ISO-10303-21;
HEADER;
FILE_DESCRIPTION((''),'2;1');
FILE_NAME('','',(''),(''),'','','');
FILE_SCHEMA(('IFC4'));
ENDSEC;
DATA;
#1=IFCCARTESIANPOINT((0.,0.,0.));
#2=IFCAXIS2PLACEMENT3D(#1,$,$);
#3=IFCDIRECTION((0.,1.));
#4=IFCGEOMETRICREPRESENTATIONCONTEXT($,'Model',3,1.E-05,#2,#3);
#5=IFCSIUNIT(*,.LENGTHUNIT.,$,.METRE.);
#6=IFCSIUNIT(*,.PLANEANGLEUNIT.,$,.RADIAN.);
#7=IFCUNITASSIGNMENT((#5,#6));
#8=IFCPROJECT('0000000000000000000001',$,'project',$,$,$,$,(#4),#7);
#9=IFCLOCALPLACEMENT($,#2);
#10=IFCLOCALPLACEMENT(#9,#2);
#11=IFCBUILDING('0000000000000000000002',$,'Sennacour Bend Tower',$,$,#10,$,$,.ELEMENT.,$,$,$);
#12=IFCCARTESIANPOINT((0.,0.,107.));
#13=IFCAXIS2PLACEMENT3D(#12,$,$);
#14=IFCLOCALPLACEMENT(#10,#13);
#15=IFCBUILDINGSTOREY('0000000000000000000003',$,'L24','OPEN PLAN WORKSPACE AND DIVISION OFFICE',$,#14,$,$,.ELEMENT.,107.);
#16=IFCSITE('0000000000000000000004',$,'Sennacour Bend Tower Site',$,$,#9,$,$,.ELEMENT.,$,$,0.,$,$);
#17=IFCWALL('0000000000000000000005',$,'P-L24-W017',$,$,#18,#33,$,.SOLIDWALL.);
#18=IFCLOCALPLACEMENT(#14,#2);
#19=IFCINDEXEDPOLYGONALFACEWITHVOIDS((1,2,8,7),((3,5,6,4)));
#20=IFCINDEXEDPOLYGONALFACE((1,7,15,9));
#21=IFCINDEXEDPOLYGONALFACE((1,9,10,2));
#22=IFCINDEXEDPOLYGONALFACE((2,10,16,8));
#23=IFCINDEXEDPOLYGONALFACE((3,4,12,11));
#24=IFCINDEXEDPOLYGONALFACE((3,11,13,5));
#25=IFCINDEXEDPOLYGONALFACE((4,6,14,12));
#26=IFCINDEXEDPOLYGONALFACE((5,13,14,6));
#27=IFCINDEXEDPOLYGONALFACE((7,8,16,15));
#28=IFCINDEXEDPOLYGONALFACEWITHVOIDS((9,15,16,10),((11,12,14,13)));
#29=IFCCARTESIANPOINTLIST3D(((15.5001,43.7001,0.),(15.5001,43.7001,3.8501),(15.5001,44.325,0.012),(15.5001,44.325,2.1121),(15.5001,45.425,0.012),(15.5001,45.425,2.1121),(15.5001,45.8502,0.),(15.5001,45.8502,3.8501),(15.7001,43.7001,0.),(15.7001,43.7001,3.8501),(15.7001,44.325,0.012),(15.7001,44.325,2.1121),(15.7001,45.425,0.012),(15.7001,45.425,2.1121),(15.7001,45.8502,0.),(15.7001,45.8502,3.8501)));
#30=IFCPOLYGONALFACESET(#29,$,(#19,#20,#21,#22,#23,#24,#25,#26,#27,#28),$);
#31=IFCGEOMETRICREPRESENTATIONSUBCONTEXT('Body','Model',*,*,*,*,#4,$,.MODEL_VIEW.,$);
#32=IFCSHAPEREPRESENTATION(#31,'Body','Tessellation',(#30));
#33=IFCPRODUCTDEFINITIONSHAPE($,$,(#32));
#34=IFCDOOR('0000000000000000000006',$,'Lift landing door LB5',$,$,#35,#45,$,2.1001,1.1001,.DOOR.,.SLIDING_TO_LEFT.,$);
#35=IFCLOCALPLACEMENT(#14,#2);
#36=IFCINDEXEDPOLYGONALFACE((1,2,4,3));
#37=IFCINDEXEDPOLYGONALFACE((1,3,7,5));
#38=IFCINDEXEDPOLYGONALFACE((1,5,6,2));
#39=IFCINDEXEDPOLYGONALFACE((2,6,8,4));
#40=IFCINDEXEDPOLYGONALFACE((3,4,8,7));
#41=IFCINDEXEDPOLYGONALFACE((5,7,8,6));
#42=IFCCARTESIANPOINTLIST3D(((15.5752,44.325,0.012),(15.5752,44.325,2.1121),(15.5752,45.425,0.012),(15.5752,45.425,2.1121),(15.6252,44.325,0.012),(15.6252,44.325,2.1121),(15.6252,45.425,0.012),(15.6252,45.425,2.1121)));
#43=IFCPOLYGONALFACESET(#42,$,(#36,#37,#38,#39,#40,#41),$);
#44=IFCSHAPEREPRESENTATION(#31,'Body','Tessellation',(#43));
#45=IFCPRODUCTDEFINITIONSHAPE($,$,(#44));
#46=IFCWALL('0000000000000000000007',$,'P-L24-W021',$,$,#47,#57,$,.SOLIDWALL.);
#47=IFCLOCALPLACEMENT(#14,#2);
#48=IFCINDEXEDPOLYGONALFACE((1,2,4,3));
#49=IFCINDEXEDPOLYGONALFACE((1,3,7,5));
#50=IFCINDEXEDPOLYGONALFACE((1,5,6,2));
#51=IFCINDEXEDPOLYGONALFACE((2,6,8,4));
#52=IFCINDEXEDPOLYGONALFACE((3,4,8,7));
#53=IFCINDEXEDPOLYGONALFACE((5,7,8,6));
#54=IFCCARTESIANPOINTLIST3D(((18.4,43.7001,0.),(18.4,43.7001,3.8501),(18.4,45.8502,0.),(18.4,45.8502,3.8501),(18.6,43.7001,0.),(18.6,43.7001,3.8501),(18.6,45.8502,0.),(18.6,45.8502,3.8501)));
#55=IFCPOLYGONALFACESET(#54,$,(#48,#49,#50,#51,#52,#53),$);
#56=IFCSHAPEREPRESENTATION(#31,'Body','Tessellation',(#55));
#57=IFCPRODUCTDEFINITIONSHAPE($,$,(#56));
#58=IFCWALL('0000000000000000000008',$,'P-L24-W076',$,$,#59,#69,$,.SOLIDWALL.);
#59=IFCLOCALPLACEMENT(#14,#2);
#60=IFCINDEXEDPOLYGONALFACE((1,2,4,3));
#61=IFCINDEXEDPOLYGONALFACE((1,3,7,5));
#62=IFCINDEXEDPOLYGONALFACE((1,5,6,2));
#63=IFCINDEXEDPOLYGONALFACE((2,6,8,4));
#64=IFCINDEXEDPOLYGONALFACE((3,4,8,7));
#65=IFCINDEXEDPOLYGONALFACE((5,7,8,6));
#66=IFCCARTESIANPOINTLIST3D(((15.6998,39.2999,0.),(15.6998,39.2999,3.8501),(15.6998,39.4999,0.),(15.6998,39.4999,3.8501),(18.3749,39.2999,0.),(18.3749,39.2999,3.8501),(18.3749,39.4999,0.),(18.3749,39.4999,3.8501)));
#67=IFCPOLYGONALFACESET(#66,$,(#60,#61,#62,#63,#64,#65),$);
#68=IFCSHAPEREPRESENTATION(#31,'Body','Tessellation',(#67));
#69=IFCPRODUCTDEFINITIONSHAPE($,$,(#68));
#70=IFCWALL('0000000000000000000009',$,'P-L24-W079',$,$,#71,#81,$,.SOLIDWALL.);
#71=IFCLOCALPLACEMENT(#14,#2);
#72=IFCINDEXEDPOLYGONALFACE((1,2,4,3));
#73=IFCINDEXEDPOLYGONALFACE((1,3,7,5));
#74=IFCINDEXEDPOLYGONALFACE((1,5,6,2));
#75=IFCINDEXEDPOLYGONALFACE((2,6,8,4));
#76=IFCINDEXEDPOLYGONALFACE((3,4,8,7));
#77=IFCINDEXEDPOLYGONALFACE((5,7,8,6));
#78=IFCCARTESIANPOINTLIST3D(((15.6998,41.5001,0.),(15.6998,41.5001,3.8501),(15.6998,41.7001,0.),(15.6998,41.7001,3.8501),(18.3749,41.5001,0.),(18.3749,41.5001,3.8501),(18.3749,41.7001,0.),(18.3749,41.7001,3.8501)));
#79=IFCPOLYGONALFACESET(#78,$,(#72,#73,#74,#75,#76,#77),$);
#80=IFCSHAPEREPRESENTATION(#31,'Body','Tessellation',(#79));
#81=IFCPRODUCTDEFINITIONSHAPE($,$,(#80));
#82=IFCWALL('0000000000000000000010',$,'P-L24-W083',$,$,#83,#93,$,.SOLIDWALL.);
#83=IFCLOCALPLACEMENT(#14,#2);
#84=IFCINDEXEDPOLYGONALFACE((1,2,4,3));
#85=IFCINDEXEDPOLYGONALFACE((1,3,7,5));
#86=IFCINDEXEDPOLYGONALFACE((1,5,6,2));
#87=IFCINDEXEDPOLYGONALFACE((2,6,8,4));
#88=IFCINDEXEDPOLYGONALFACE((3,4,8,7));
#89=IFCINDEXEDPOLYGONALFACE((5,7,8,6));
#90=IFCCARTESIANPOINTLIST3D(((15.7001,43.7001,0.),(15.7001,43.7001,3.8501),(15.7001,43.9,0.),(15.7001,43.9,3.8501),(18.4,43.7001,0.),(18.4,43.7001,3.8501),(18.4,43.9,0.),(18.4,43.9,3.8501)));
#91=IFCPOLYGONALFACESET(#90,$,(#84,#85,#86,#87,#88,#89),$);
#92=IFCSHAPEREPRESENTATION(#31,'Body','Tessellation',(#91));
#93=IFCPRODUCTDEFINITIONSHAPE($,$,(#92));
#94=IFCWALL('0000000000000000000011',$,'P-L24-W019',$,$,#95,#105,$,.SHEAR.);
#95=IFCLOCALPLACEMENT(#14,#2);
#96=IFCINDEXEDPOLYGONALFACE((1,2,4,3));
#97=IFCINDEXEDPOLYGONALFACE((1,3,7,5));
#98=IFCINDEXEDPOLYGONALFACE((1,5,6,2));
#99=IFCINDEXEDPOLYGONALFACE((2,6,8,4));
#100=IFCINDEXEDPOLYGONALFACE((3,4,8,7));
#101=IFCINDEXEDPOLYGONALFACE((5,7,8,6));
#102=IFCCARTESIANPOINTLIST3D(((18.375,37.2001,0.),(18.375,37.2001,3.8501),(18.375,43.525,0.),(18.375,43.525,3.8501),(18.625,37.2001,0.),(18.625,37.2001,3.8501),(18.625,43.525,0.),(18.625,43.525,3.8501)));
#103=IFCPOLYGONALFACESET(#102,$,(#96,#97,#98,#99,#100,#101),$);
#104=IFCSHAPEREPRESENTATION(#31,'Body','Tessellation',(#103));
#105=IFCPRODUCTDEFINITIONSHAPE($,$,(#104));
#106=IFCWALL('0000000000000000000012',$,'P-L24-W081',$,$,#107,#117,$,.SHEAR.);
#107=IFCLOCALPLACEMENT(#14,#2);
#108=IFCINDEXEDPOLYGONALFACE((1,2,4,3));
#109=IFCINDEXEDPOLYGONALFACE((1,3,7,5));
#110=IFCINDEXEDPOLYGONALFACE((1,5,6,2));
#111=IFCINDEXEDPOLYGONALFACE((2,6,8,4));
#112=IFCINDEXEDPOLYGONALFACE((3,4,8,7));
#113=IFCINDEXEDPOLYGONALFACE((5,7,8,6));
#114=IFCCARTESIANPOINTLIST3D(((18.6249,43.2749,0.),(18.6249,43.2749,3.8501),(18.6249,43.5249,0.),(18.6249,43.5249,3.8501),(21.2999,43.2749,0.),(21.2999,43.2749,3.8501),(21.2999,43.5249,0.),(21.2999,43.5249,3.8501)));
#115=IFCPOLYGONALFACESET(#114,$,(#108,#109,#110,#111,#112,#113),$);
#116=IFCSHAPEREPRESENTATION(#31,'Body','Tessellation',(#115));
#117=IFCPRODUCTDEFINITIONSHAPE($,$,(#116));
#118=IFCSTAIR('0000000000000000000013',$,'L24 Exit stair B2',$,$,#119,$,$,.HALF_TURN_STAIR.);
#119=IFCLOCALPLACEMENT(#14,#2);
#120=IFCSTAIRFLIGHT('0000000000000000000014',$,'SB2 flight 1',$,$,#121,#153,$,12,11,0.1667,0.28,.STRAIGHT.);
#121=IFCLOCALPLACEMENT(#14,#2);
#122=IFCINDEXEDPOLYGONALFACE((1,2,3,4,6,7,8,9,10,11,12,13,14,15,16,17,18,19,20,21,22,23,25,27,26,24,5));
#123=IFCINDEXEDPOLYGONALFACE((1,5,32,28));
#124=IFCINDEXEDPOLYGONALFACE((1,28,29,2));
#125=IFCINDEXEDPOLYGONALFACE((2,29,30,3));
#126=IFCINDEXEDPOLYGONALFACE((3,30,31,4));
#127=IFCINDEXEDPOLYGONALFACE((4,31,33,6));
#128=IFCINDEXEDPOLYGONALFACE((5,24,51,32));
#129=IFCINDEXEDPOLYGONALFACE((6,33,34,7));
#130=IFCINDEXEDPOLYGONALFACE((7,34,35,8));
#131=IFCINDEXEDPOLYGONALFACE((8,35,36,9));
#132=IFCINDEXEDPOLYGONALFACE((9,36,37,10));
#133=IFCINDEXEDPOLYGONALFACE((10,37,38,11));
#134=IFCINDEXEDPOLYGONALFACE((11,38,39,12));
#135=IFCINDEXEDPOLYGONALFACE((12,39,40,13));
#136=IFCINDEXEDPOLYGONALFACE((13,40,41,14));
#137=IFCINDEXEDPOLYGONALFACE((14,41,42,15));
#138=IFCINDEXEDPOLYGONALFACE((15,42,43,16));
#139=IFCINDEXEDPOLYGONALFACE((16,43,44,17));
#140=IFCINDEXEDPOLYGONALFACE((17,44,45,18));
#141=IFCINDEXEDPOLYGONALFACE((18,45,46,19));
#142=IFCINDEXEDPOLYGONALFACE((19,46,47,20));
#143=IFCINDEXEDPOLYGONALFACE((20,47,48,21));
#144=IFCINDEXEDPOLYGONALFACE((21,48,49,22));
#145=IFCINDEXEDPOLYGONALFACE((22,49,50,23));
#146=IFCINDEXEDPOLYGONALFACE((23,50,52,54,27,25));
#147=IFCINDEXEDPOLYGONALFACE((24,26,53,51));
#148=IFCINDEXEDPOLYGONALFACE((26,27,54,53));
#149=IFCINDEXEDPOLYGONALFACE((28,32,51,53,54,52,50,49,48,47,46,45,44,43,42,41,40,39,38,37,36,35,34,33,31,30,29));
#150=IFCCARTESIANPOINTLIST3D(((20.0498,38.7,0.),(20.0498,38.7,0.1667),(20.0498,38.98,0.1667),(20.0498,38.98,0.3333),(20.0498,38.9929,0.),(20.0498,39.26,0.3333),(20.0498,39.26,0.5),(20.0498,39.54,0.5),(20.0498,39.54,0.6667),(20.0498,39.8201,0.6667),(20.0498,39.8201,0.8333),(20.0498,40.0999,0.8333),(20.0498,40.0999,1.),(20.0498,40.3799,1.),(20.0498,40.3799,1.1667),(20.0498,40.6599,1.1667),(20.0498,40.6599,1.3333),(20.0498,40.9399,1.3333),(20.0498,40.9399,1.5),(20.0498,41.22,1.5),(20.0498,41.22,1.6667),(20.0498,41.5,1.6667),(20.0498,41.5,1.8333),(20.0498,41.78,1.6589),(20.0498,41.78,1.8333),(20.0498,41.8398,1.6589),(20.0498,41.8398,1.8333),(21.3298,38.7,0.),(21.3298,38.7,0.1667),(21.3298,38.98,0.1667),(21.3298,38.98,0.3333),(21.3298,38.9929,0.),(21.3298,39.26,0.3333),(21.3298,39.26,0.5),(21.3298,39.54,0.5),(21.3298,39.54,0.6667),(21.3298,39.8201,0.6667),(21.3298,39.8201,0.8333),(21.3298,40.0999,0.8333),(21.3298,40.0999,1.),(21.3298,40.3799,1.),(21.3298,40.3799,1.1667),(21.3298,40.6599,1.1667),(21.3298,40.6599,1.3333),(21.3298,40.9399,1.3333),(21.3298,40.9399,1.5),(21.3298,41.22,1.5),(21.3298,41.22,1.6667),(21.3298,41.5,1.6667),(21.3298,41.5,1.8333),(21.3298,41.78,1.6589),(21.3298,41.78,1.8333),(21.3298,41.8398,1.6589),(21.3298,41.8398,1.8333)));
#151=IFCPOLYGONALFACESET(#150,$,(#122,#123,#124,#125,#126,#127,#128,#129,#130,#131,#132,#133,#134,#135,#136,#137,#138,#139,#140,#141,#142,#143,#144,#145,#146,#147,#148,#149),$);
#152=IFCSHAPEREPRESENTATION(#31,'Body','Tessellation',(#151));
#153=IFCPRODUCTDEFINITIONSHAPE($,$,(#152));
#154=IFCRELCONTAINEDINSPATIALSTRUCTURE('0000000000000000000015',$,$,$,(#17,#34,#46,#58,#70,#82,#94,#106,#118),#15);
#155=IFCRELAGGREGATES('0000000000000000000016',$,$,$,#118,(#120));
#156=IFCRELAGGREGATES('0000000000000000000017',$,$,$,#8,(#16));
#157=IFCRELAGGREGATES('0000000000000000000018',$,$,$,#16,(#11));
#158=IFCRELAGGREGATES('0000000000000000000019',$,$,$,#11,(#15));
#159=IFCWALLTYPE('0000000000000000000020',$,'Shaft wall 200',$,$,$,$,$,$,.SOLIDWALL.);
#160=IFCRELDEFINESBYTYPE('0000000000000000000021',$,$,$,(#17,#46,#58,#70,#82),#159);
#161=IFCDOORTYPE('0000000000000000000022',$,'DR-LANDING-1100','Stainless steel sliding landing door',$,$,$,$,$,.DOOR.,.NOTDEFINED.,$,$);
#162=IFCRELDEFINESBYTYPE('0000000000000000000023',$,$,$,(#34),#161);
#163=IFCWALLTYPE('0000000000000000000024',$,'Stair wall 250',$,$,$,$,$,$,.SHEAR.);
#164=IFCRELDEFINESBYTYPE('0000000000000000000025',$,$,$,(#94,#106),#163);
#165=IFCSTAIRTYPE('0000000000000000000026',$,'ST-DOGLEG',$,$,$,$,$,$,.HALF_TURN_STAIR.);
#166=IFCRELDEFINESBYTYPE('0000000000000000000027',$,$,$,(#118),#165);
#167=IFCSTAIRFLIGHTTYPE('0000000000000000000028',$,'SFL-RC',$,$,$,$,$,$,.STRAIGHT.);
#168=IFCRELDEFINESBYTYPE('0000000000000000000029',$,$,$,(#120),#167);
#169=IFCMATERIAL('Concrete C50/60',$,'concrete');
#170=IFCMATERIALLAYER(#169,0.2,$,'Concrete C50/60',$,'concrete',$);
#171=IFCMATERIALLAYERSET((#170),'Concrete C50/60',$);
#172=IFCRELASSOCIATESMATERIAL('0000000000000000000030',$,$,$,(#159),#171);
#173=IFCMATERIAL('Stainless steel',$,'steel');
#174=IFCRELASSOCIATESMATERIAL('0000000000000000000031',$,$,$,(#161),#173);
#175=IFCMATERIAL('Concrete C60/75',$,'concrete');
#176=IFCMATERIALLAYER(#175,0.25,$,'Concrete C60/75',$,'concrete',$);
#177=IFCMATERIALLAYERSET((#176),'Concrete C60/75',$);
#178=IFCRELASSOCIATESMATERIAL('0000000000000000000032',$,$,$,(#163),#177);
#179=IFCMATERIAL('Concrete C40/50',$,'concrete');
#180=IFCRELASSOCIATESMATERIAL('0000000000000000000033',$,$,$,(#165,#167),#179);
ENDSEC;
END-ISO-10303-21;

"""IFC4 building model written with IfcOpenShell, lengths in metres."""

from ifc_helpers import new_model, si_unit, direction, frame, frame_2d, origin, place, context, subcontext, project, spatial, polyline, rectangle, outline, extrude, material, layer, layer_set, type_object, element, fill, aggregate, save


model = new_model("IFC4")

# Units and contexts
model_context = context("Model", 3, precision=1e-05, world=origin(), true_north=direction((0.0, 1.0)))
body_context = subcontext(model_context, "Body", "Model", "MODEL_VIEW")
ifc_project = project(units=[si_unit("LENGTHUNIT", "METRE"), si_unit("PLANEANGLEUNIT", "RADIAN")], contexts=[model_context])

# Site, building, storey
site_placement = place(None, origin())
site = spatial("IfcSite", under=ifc_project, at=site_placement, Name="Sennacour Bend Tower Site", CompositionType="ELEMENT", RefElevation=0.0)
building_placement = place(site_placement, origin())
building = spatial("IfcBuilding", under=site, at=building_placement, Name="Sennacour Bend Tower", CompositionType="ELEMENT")
storey_placement = place(building_placement, frame((0.0, 0.0, 107.0)))
storey = spatial("IfcBuildingStorey", under=building, at=storey_placement, Name="L24", Description="OPEN PLAN WORKSPACE AND DIVISION OFFICE", CompositionType="ELEMENT", Elevation=107.0)

# Shared definitions
ifc_material_1 = material(Name="Concrete C50/60", Category="concrete")
ifc_layer_1 = layer(ifc_material_1, 0.2, Name="Concrete C50/60", Category="concrete")
ifc_layer_set_1 = layer_set([ifc_layer_1], Name="Concrete C50/60")
wall_type_1 = type_object("IfcWallType", Name="Shaft wall 200", PredefinedType="SOLIDWALL", material=ifc_layer_set_1)
ifc_material_2 = material(Name="Stainless steel", Category="steel")

# Wall, opening, door
wall_1_placement = place(storey_placement, frame((15.6001, 43.7, 0.0), z_axis=(0.0, 0.0, 1.0), x_axis=(0.0, 1.0, 0.0)))
wall_1 = element("IfcWall", 1, at=wall_1_placement, inside=storey, type_object=wall_type_1, Name="P-L24-W017", PredefinedType="SOLIDWALL", context=body_context, shape_type="SweptSolid", body=[
    extrude(rectangle(XDim=2.1501, YDim=0.2, at=frame_2d((1.0752, 0.0))), origin(), (0.0, 0.0, 1.0), 3.8501),
])
opening_1_placement = place(wall_1_placement, frame((0.625, 0.0, 0.012)))
opening_1 = element("IfcOpeningElement", 2, at=opening_1_placement, cuts=wall_1, PredefinedType="OPENING", context=body_context, shape_type="SweptSolid", body=[
    extrude(rectangle(XDim=1.1001, YDim=2.1001, at=frame_2d((0.55, 1.05))), frame((0.0, 0.1099, 0.0), z_axis=(0.0, -1.0, 0.0), x_axis=(1.0, 0.0, 0.0)), (0.0, 0.0, 1.0), 0.22),
])
door_type_1 = type_object("IfcDoorType", Name="DR-LANDING-1100", Description="Stainless steel sliding landing door", OperationType="NOTDEFINED", PredefinedType="DOOR", material=ifc_material_2)
door_1_placement = place(opening_1_placement, origin())
door_1 = element("IfcDoor", 3, at=door_1_placement, inside=storey, type_object=door_type_1, Name="Lift landing door LB5", OperationType="SLIDING_TO_LEFT", OverallHeight=2.1001, OverallWidth=1.1001, PredefinedType="DOOR", context=body_context, shape_type="SweptSolid", body=[
    extrude(rectangle(XDim=1.1001, YDim=2.1001, at=frame_2d((0.55, 1.05))), frame((0.0, 0.0249, 0.0), z_axis=(0.0, -1.0, 0.0), x_axis=(1.0, 0.0, 0.0)), (0.0, 0.0, 1.0), 0.05),
])
fill(opening_1, door_1)

# Walls
wall_2_placement = place(storey_placement, frame((18.5, 43.7, 0.0), z_axis=(0.0, 0.0, 1.0), x_axis=(0.0, 1.0, 0.0)))
element("IfcWall", 4, at=wall_2_placement, inside=storey, type_object=wall_type_1, Name="P-L24-W021", PredefinedType="SOLIDWALL", context=body_context, shape_type="SweptSolid", body=[
    extrude(rectangle(XDim=2.1501, YDim=0.2, at=frame_2d((1.0752, 0.0))), origin(), (0.0, 0.0, 1.0), 3.8501),
])
for number, where, z_axis, x_axis, name in (
    (5, (15.7, 39.3999, 0.0), (0.0, 0.0, 1.0), (1.0, 0.0, 0.0), "P-L24-W076"),
    (6, (15.7, 41.6001, 0.0), (0.0, 0.0, 1.0), (1.0, 0.0, 0.0), "P-L24-W079"),
):
    element("IfcWall", number, at=place(storey_placement, frame(where, z_axis=z_axis, x_axis=x_axis)), inside=storey, type_object=wall_type_1, Name=name, PredefinedType="SOLIDWALL", context=body_context, shape_type="SweptSolid", body=[
        extrude(rectangle(XDim=2.675, YDim=0.2, at=frame_2d((1.3374, 0.0))), origin(), (0.0, 0.0, 1.0), 3.8501),
    ])
wall_3_placement = place(storey_placement, frame((15.7, 43.8, 0.0), z_axis=(0.0, 0.0, 1.0), x_axis=(1.0, 0.0, 0.0)))
element("IfcWall", 7, at=wall_3_placement, inside=storey, type_object=wall_type_1, Name="P-L24-W083", PredefinedType="SOLIDWALL", context=body_context, shape_type="SweptSolid", body=[
    extrude(rectangle(XDim=2.7, YDim=0.2, at=frame_2d((1.3501, 0.0))), origin(), (0.0, 0.0, 1.0), 3.8501),
])
ifc_material_3 = material(Name="Concrete C60/75", Category="concrete")
ifc_layer_2 = layer(ifc_material_3, 0.25, Name="Concrete C60/75", Category="concrete")
ifc_layer_set_2 = layer_set([ifc_layer_2], Name="Concrete C60/75")
wall_type_2 = type_object("IfcWallType", Name="Stair wall 250", PredefinedType="SHEAR", material=ifc_layer_set_2)
wall_4_placement = place(storey_placement, frame((18.5, 37.2, 0.0), z_axis=(0.0, 0.0, 1.0), x_axis=(0.0, 1.0, 0.0)))
element("IfcWall", 8, at=wall_4_placement, inside=storey, type_object=wall_type_2, Name="P-L24-W019", PredefinedType="SHEAR", context=body_context, shape_type="SweptSolid", body=[
    extrude(rectangle(XDim=6.325, YDim=0.25, at=frame_2d((3.1626, 0.0))), origin(), (0.0, 0.0, 1.0), 3.8501),
])
wall_5_placement = place(storey_placement, frame((18.625, 43.3999, 0.0), z_axis=(0.0, 0.0, 1.0), x_axis=(1.0, 0.0, 0.0)))
element("IfcWall", 9, at=wall_5_placement, inside=storey, type_object=wall_type_2, Name="P-L24-W081", PredefinedType="SHEAR", context=body_context, shape_type="SweptSolid", body=[
    extrude(rectangle(XDim=2.675, YDim=0.25, at=frame_2d((1.3374, 0.0))), origin(), (0.0, 0.0, 1.0), 3.8501),
])

# Stair, stair flight
ifc_material_4 = material(Name="Concrete C40/50", Category="concrete")
stair_type = type_object("IfcStairType", Name="ST-DOGLEG", PredefinedType="HALF_TURN_STAIR", material=ifc_material_4)
stair_placement = place(storey_placement, origin())
stair = element("IfcStair", 10, at=stair_placement, inside=storey, type_object=stair_type, Name="L24 Exit stair B2", PredefinedType="HALF_TURN_STAIR")
stair_flight_type = type_object("IfcStairFlightType", Name="SFL-RC", PredefinedType="STRAIGHT", material=ifc_material_4)
stair_flight_1_placement = place(storey_placement, frame((20.6899, 38.7, 0.0), z_axis=(0.0, 0.0, 1.0), x_axis=(0.0, 1.0, 0.0)))
stair_flight_1 = element("IfcStairFlight", 11, at=stair_flight_1_placement, type_object=stair_flight_type, Name="SB2 flight 1", NumberOfRisers=12, NumberOfTreads=11, PredefinedType="STRAIGHT", RiserHeight=0.1667, TreadLength=0.28, context=body_context, shape_type="SweptSolid", body=[
    extrude(outline(polyline([(0.0, 0.0), (0.0, 0.1667), (0.28, 0.1667), (0.28, 0.3333), (0.5601, 0.3333), (0.5601, 0.5), (0.8401, 0.5), (0.8401, 0.6667), (1.1201, 0.6667), (1.1201, 0.8333), (1.3999, 0.8333), (1.3999, 1.0), (1.6799, 1.0), (1.6799, 1.1667), (1.96, 1.1667), (1.96, 1.3333), (2.24, 1.3333), (2.24, 1.5), (2.52, 1.5), (2.52, 1.6667), (2.8, 1.6667), (2.8, 1.8333), (3.0801, 1.8333), (3.1399, 1.8333), (3.1399, 1.6589), (3.0801, 1.6589), (0.293, 0.0), (0.0, 0.0)])), frame((0.0, 0.6401, 0.0), z_axis=(0.0, -1.0, 0.0), x_axis=(1.0, 0.0, 0.0)), (0.0, 0.0, 1.0), 1.28),
])
aggregate(stair, [stair_flight_1])

save(model, "model.ifc")
